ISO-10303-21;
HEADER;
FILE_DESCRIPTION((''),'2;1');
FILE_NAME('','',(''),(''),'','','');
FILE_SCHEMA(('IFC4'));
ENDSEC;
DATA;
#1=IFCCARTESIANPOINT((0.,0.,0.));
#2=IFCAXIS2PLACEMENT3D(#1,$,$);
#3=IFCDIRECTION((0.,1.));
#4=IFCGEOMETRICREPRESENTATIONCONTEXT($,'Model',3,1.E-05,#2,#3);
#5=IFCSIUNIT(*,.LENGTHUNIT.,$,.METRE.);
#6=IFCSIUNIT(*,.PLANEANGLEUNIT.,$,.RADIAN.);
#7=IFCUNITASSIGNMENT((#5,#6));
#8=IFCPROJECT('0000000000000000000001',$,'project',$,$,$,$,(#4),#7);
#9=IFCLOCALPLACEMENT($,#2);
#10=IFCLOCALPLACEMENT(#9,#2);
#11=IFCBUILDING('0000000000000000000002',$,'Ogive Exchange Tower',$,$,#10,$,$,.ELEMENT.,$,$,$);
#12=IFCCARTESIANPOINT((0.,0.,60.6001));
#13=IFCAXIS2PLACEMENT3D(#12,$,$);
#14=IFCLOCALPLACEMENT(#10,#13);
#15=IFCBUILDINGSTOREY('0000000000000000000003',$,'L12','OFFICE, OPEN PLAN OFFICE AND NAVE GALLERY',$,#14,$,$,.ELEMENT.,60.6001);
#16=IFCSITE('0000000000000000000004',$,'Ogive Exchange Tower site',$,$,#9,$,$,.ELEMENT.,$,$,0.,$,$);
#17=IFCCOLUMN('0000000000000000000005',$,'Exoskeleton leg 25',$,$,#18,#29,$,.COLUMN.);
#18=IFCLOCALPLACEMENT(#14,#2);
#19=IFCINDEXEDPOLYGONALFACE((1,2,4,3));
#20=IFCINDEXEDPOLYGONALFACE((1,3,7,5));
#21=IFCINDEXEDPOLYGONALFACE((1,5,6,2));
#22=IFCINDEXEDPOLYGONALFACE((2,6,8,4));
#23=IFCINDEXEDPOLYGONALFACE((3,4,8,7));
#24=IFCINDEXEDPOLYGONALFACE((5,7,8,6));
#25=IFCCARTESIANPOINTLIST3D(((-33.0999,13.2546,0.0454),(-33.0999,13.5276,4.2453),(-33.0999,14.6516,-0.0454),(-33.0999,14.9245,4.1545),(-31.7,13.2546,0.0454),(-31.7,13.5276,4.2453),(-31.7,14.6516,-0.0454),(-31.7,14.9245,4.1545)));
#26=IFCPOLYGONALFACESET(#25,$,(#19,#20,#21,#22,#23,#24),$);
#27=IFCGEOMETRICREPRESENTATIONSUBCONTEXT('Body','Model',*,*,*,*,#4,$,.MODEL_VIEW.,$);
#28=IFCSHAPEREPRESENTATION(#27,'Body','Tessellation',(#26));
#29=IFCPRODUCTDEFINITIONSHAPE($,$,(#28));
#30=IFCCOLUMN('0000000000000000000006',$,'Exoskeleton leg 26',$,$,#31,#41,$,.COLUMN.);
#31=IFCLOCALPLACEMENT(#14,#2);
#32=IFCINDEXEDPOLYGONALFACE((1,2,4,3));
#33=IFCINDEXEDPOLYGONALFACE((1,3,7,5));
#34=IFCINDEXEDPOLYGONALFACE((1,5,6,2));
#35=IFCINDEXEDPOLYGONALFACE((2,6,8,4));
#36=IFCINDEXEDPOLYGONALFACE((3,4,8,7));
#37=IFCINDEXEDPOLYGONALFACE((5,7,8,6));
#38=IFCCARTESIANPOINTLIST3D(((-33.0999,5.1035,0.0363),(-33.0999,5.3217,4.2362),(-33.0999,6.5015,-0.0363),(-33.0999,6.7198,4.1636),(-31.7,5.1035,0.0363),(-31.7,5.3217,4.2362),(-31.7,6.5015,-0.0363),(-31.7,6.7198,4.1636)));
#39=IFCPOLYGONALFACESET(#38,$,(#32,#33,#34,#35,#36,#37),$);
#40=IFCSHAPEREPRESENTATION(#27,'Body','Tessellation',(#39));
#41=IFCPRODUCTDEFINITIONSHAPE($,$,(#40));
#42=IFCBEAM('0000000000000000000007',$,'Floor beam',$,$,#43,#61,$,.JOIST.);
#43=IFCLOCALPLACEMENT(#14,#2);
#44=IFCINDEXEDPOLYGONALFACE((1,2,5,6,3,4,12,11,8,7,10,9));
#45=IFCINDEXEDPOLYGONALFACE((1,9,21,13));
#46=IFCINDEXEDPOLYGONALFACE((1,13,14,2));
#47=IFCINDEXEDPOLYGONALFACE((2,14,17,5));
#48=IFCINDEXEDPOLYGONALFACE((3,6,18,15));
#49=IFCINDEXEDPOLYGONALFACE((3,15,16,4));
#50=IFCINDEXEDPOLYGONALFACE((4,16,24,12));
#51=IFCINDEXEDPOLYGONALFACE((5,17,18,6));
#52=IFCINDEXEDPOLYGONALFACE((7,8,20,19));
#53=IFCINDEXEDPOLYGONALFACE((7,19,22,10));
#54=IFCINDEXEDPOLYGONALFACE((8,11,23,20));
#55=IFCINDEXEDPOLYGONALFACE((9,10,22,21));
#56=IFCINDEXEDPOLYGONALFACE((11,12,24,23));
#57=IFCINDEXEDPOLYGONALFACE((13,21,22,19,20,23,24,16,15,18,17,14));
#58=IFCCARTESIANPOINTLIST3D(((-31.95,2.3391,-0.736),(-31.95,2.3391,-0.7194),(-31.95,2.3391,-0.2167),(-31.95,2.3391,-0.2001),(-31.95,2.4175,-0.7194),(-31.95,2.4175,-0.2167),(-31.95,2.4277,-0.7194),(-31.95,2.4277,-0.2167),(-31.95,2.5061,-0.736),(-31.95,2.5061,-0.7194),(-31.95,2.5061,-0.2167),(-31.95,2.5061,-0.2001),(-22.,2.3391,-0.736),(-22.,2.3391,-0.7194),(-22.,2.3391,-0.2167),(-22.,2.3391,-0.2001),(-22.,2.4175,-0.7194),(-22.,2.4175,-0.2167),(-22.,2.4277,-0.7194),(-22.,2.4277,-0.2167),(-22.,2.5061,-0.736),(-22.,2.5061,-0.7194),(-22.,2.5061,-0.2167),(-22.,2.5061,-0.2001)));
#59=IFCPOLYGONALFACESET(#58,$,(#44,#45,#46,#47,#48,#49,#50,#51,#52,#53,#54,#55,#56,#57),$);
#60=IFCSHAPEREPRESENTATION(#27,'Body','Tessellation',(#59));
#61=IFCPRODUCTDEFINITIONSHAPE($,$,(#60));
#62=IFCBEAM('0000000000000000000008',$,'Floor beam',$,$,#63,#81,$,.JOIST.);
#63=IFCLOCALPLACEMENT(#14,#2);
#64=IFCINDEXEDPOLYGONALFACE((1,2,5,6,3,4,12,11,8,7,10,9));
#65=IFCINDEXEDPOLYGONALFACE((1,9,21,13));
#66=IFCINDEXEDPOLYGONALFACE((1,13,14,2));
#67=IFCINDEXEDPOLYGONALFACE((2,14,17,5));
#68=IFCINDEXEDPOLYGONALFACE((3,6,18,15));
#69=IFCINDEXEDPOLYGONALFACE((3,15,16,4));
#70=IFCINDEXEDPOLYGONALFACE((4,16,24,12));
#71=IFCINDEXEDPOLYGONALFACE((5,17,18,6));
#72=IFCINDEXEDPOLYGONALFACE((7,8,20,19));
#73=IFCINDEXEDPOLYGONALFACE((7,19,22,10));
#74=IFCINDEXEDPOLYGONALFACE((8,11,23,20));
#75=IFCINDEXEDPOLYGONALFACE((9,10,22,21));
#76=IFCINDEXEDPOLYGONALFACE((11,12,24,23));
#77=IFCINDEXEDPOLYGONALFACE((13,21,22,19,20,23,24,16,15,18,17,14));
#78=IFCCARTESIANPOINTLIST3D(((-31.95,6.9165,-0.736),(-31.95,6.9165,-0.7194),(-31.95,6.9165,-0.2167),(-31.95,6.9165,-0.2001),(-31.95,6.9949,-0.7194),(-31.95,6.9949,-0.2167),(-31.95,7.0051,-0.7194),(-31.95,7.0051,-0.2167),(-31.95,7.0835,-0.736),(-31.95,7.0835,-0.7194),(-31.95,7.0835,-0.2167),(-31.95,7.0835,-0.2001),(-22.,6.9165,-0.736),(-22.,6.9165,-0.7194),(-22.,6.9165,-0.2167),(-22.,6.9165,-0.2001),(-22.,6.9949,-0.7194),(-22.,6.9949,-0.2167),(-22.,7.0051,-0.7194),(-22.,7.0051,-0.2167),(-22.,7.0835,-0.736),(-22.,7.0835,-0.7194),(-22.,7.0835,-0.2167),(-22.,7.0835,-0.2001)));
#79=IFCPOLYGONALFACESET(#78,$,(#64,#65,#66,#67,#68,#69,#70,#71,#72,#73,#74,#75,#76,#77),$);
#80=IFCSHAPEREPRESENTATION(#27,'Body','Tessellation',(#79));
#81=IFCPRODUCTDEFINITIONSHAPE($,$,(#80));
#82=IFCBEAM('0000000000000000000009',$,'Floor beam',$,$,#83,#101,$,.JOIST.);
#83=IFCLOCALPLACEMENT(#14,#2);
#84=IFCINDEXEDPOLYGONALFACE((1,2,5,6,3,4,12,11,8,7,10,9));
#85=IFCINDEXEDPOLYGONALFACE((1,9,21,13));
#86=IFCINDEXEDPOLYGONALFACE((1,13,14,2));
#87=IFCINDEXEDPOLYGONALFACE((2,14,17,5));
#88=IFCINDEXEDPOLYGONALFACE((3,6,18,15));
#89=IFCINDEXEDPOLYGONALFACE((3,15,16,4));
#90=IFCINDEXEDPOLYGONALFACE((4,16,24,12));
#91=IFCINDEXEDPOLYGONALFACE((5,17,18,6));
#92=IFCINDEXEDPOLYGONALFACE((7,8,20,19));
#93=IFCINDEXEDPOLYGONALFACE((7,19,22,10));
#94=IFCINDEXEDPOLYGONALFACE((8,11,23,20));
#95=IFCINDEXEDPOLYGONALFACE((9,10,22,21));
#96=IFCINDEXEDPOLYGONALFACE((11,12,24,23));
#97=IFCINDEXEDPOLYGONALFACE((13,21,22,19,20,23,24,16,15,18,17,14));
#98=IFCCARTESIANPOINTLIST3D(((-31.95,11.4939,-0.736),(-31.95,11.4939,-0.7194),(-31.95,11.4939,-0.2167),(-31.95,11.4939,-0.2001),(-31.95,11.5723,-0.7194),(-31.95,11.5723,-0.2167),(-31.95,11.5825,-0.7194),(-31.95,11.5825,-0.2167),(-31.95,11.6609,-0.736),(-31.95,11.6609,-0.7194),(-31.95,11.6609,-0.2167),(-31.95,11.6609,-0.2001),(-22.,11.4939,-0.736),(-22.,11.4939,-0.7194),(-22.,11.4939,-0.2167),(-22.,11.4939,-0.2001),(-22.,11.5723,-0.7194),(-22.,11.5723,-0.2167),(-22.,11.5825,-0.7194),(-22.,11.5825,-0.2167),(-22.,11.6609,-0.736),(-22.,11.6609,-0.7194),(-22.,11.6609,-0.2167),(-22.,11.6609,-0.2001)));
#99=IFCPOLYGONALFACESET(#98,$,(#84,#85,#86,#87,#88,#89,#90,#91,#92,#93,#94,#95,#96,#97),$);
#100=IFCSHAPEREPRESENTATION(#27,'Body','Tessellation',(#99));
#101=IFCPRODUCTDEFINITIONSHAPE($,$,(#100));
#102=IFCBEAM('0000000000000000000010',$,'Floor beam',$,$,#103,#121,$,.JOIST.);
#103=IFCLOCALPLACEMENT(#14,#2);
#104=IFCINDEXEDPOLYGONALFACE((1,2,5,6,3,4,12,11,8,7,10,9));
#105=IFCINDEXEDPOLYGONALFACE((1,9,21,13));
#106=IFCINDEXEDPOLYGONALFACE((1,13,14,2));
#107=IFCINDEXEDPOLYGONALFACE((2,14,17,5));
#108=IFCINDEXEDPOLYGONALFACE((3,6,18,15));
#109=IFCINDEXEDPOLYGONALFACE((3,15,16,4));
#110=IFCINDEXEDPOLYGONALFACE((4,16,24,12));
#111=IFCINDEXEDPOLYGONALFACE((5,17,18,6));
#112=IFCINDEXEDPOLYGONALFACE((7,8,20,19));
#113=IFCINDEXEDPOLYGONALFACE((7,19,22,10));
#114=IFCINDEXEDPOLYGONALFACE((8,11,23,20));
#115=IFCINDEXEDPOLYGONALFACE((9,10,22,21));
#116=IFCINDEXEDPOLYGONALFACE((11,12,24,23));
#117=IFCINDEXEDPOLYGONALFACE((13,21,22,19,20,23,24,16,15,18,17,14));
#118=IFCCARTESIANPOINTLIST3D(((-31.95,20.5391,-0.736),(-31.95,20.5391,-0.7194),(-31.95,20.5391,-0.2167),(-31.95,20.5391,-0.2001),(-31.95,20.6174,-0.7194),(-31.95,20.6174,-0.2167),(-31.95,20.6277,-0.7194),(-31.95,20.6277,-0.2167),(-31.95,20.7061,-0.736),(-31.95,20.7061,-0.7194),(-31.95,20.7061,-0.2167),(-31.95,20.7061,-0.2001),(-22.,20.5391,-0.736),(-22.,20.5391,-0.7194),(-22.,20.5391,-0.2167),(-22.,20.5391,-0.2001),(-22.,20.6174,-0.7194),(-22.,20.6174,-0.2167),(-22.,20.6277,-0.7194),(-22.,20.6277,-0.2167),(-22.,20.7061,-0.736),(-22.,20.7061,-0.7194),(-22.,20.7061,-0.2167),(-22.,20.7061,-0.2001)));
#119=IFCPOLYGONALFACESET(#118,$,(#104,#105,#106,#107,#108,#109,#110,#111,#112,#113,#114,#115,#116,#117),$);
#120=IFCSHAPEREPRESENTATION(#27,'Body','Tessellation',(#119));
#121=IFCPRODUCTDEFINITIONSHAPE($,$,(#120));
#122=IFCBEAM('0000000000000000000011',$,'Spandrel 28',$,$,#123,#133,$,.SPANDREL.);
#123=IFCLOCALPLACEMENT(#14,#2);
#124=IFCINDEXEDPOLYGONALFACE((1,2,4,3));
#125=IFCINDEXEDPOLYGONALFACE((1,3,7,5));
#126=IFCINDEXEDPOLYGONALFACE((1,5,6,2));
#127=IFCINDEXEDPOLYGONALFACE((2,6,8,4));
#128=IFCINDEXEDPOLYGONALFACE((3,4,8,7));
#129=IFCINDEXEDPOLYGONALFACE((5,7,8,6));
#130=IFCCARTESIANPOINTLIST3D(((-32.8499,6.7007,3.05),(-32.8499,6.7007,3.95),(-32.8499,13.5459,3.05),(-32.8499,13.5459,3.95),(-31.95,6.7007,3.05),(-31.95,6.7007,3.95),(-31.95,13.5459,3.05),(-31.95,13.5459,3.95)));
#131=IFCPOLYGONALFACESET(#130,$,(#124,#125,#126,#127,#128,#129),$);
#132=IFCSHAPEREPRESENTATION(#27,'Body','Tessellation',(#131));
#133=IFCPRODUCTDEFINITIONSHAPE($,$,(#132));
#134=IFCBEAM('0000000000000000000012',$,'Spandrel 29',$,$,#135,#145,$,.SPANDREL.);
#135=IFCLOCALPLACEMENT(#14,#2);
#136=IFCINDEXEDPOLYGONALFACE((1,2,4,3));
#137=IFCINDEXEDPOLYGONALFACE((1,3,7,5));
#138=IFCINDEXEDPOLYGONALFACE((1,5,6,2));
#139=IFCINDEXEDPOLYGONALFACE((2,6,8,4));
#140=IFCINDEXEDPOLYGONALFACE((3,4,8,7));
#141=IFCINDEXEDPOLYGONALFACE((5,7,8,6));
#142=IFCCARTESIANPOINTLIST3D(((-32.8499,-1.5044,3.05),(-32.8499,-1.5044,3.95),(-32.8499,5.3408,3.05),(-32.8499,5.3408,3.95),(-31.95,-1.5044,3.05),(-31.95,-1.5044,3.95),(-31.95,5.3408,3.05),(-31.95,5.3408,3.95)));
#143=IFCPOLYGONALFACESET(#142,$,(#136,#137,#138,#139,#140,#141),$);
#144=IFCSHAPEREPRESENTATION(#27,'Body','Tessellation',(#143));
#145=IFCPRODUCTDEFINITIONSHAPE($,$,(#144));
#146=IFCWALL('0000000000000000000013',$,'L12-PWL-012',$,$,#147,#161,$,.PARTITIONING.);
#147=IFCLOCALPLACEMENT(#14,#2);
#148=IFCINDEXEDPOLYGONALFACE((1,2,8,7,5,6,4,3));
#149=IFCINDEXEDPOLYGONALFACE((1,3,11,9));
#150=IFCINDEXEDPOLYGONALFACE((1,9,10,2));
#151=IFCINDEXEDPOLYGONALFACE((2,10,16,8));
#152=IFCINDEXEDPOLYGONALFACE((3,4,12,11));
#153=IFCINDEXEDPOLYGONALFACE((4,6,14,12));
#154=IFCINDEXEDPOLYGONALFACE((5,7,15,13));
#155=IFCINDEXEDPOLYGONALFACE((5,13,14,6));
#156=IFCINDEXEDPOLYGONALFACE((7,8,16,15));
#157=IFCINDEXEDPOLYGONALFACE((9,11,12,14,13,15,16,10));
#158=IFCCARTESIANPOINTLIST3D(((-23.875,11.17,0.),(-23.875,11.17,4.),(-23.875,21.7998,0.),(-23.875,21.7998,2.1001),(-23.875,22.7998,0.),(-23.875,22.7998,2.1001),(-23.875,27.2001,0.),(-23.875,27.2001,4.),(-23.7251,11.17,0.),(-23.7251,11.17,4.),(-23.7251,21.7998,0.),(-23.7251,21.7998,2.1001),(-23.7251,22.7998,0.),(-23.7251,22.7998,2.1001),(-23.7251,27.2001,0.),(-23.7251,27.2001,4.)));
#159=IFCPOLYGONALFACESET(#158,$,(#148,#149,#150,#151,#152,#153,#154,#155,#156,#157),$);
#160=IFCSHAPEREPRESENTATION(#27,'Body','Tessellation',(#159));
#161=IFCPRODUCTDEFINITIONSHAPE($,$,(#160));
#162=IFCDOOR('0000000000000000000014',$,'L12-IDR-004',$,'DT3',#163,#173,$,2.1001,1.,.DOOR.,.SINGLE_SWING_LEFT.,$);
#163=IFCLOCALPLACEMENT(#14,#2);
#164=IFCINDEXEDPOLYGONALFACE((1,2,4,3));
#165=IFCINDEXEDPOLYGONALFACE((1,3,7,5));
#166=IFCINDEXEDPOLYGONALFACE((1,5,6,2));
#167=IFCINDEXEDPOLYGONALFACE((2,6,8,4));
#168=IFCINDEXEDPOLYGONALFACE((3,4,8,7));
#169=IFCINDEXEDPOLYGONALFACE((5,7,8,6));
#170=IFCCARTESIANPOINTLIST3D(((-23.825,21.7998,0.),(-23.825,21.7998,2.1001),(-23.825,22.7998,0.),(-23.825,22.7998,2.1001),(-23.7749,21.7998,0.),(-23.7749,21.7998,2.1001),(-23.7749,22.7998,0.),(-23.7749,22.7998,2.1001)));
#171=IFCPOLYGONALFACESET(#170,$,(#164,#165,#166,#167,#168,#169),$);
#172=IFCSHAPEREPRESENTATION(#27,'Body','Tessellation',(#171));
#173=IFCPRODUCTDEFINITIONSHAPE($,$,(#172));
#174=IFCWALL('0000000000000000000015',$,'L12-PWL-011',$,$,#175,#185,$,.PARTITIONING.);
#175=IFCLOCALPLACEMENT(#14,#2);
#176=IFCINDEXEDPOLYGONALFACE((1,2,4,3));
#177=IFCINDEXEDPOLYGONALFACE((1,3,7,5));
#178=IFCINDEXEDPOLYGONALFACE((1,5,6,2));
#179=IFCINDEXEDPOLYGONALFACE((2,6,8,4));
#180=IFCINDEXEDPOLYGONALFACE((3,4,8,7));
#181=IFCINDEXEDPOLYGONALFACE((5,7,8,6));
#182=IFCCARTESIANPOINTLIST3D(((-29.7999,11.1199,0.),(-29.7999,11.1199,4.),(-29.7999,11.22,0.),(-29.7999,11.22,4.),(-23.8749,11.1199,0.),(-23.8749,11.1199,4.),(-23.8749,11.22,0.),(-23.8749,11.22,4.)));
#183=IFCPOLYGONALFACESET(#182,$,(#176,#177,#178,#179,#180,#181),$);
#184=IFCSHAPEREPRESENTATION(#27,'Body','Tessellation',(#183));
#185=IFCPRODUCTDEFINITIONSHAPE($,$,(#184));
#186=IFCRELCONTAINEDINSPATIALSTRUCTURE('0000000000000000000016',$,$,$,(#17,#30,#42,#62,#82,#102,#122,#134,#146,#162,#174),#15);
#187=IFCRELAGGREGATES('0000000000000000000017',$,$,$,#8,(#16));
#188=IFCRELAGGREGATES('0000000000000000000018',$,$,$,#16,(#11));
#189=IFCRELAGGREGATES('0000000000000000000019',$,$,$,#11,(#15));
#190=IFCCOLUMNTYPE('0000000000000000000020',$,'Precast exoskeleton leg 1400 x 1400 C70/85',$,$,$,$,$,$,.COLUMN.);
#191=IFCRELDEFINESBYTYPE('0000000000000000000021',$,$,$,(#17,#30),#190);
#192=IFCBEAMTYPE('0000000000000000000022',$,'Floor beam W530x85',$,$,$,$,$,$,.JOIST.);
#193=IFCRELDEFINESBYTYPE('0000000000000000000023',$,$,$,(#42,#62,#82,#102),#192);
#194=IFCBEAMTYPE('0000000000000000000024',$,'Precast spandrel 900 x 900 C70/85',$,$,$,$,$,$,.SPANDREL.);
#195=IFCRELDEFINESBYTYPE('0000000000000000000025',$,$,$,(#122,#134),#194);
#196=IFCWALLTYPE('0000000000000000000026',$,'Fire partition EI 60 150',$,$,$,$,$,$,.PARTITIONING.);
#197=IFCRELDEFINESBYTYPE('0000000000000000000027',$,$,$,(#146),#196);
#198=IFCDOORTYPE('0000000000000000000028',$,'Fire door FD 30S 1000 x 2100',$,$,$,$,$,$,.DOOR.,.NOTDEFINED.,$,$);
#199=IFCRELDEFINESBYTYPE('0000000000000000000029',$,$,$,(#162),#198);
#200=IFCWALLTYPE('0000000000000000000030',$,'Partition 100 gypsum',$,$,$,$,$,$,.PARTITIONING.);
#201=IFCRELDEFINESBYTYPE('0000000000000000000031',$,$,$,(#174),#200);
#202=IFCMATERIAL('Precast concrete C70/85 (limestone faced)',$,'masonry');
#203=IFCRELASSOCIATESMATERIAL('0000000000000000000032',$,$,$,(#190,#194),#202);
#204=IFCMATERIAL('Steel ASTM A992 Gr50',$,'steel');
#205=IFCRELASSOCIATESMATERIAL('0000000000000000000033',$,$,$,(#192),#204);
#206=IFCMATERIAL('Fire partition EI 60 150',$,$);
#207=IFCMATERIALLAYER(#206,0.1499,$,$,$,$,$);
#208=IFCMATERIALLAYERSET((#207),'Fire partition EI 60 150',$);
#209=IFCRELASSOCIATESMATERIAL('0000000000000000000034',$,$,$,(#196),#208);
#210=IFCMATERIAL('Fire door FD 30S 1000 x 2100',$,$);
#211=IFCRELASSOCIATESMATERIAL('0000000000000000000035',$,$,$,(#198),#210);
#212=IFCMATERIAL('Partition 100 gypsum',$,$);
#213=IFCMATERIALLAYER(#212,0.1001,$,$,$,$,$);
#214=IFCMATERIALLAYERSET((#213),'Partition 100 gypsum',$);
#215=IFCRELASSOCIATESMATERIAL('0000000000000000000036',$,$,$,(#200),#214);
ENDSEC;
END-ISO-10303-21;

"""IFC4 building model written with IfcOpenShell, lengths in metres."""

from ifc_helpers import new_model, si_unit, direction, frame, frame_2d, origin, origin_2d, place, context, subcontext, project, spatial, rectangle, i_section, extrude, material, layer, layer_set, material_profile, profile_set, type_object, element, fill, save


model = new_model("IFC4")

# Units and contexts
model_context = context("Model", 3, precision=1e-05, world=origin(), true_north=direction((0.0, 1.0)))
body_context = subcontext(model_context, "Body", "Model", "MODEL_VIEW")
ifc_project = project(units=[si_unit("LENGTHUNIT", "METRE"), si_unit("PLANEANGLEUNIT", "RADIAN")], contexts=[model_context])

# Site, building, storey
site_placement = place(None, origin())
site = spatial("IfcSite", under=ifc_project, at=site_placement, Name="Ogive Exchange Tower site", CompositionType="ELEMENT", RefElevation=0.0)
building_placement = place(site_placement, origin())
building = spatial("IfcBuilding", under=site, at=building_placement, Name="Ogive Exchange Tower", CompositionType="ELEMENT")
storey_placement = place(building_placement, frame((0.0, 0.0, 60.6001)))
storey = spatial("IfcBuildingStorey", under=building, at=storey_placement, Name="L12", Description="OFFICE, OPEN PLAN OFFICE AND NAVE GALLERY", CompositionType="ELEMENT", Elevation=60.6001)

# Columns
ifc_material_1 = material(Name="Precast concrete C70/85 (limestone faced)", Category="masonry")
ifc_material_profile_1 = material_profile(ifc_material_1, rectangle(XDim=1.3999, YDim=1.3999, at=origin_2d()), Name="1400 x 1400")
ifc_profile_set_1 = profile_set([ifc_material_profile_1], Name="Precast concrete C70/85 (limestone faced)")
column_type = type_object("IfcColumnType", Name="Precast exoskeleton leg 1400 x 1400 C70/85", PredefinedType="COLUMN", material=ifc_profile_set_1)
column_1_placement = place(storey_placement, frame((-32.3999, 13.9531, 0.0), z_axis=(0.0, 0.064852, 0.997895), x_axis=(-1.0, 0.0, 0.0)))
element("IfcColumn", 1, at=column_1_placement, inside=storey, type_object=column_type, Name="Exoskeleton leg 25", PredefinedType="COLUMN", context=body_context, shape_type="SweptSolid", body=[
    extrude(rectangle(XDim=1.3999, YDim=1.3999, at=origin_2d()), origin(), (0.0, 0.0, 1.0), 4.2087),
])
column_2_placement = place(storey_placement, frame((-32.3999, 5.8025, 0.0), z_axis=(0.0, 0.051898, 0.998652), x_axis=(-1.0, 0.0, 0.0)))
element("IfcColumn", 2, at=column_2_placement, inside=storey, type_object=column_type, Name="Exoskeleton leg 26", PredefinedType="COLUMN", context=body_context, shape_type="SweptSolid", body=[
    extrude(rectangle(XDim=1.3999, YDim=1.3999, at=origin_2d()), origin(), (0.0, 0.0, 1.0), 4.2056),
])

# Beams
ifc_material_2 = material(Name="Steel ASTM A992 Gr50", Category="steel")
ifc_material_profile_2 = material_profile(ifc_material_2, i_section(OverallWidth=0.167, OverallDepth=0.5359, WebThickness=0.0103, FlangeThickness=0.0166, at=origin_2d()), Name="W530x85")
ifc_profile_set_2 = profile_set([ifc_material_profile_2], Name="Steel ASTM A992 Gr50")
beam_type_1 = type_object("IfcBeamType", Name="Floor beam W530x85", PredefinedType="JOIST", material=ifc_profile_set_2)
for number, where, z_axis, x_axis, name in (
    (3, (-31.95, 2.4226, -0.468), (1.0, 0.0, 0.0), (0.0, 1.0, 0.0), "Floor beam"),
    (4, (-31.95, 7.0, -0.468), (1.0, 0.0, 0.0), (0.0, 1.0, 0.0), "Floor beam"),
    (5, (-31.95, 11.5774, -0.468), (1.0, 0.0, 0.0), (0.0, 1.0, 0.0), "Floor beam"),
    (6, (-31.95, 20.6226, -0.468), (1.0, 0.0, 0.0), (0.0, 1.0, 0.0), "Floor beam"),
):
    element("IfcBeam", number, at=place(storey_placement, frame(where, z_axis=z_axis, x_axis=x_axis)), inside=storey, type_object=beam_type_1, Name=name, PredefinedType="JOIST", context=body_context, shape_type="SweptSolid", body=[
        extrude(i_section(OverallWidth=0.167, OverallDepth=0.5359, WebThickness=0.0103, FlangeThickness=0.0166, at=origin_2d()), origin(), (0.0, 0.0, 1.0), 9.95),
    ])
ifc_material_profile_3 = material_profile(ifc_material_1, rectangle(XDim=0.8999, YDim=0.8999, at=origin_2d()), Name="900 x 900")
ifc_profile_set_3 = profile_set([ifc_material_profile_3], Name="Precast concrete C70/85 (limestone faced)")
beam_type_2 = type_object("IfcBeamType", Name="Precast spandrel 900 x 900 C70/85", PredefinedType="SPANDREL", material=ifc_profile_set_3)
for number, where, z_axis, x_axis, name in (
    (7, (-32.3999, 13.5459, 3.5), (0.0, -1.0, 0.0), (1.0, 0.0, 0.0), "Spandrel 28"),
    (8, (-32.3999, 5.3408, 3.5), (0.0, -1.0, 0.0), (1.0, 0.0, 0.0), "Spandrel 29"),
):
    element("IfcBeam", number, at=place(storey_placement, frame(where, z_axis=z_axis, x_axis=x_axis)), inside=storey, type_object=beam_type_2, Name=name, PredefinedType="SPANDREL", context=body_context, shape_type="SweptSolid", body=[
        extrude(rectangle(XDim=0.8999, YDim=0.8999, at=origin_2d()), origin(), (0.0, 0.0, 1.0), 6.8452),
    ])

# Wall, opening, door
ifc_material_3 = material(Name="Fire partition EI 60 150")
ifc_layer_1 = layer(ifc_material_3, 0.1499)
ifc_layer_set_1 = layer_set([ifc_layer_1], Name="Fire partition EI 60 150")
wall_type_1 = type_object("IfcWallType", Name="Fire partition EI 60 150", PredefinedType="PARTITIONING", material=ifc_layer_set_1)
wall_1_placement = place(storey_placement, frame((-23.8, 11.1699, 0.0), z_axis=(0.0, 0.0, 1.0), x_axis=(0.0, 1.0, 0.0)))
wall_1 = element("IfcWall", 9, at=wall_1_placement, inside=storey, type_object=wall_type_1, Name="L12-PWL-012", PredefinedType="PARTITIONING", context=body_context, shape_type="SweptSolid", body=[
    extrude(rectangle(XDim=16.03, YDim=0.1499, at=frame_2d((8.0151, 0.0))), origin(), (0.0, 0.0, 1.0), 4.0),
])
opening_placement = place(wall_1_placement, frame((10.6299, 0.0, 0.0)))
opening = element("IfcOpeningElement", 10, at=opening_placement, cuts=wall_1, PredefinedType="OPENING", context=body_context, shape_type="SweptSolid", body=[
    extrude(rectangle(XDim=1.0, YDim=2.1001, at=frame_2d((0.5, 1.05))), frame((0.0, 0.085, 0.0), z_axis=(0.0, -1.0, 0.0), x_axis=(1.0, 0.0, 0.0)), (0.0, 0.0, 1.0), 0.1699),
])
ifc_material_4 = material(Name="Fire door FD 30S 1000 x 2100")
door_type = type_object("IfcDoorType", Name="Fire door FD 30S 1000 x 2100", OperationType="NOTDEFINED", PredefinedType="DOOR", material=ifc_material_4)
door_placement = place(opening_placement, origin())
door = element("IfcDoor", 11, at=door_placement, inside=storey, type_object=door_type, Name="L12-IDR-004", ObjectType="DT3", OperationType="SINGLE_SWING_LEFT", OverallHeight=2.1001, OverallWidth=1.0, PredefinedType="DOOR", context=body_context, shape_type="SweptSolid", body=[
    extrude(rectangle(XDim=1.0, YDim=2.1001, at=frame_2d((0.5, 1.05))), frame((0.0, 0.0249, 0.0), z_axis=(0.0, -1.0, 0.0), x_axis=(1.0, 0.0, 0.0)), (0.0, 0.0, 1.0), 0.05),
])
fill(opening, door)

# Wall
ifc_material_5 = material(Name="Partition 100 gypsum")
ifc_layer_2 = layer(ifc_material_5, 0.1001)
ifc_layer_set_2 = layer_set([ifc_layer_2], Name="Partition 100 gypsum")
wall_type_2 = type_object("IfcWallType", Name="Partition 100 gypsum", PredefinedType="PARTITIONING", material=ifc_layer_set_2)
wall_2_placement = place(storey_placement, frame((-23.875, 11.1699, 0.0), z_axis=(0.0, 0.0, 1.0), x_axis=(-1.0, 0.0, 0.0)))
element("IfcWall", 12, at=wall_2_placement, inside=storey, type_object=wall_type_2, Name="L12-PWL-011", PredefinedType="PARTITIONING", context=body_context, shape_type="SweptSolid", body=[
    extrude(rectangle(XDim=5.925, YDim=0.1001, at=frame_2d((2.9624, 0.0))), origin(), (0.0, 0.0, 1.0), 4.0),
])

save(model, "model.ifc")
